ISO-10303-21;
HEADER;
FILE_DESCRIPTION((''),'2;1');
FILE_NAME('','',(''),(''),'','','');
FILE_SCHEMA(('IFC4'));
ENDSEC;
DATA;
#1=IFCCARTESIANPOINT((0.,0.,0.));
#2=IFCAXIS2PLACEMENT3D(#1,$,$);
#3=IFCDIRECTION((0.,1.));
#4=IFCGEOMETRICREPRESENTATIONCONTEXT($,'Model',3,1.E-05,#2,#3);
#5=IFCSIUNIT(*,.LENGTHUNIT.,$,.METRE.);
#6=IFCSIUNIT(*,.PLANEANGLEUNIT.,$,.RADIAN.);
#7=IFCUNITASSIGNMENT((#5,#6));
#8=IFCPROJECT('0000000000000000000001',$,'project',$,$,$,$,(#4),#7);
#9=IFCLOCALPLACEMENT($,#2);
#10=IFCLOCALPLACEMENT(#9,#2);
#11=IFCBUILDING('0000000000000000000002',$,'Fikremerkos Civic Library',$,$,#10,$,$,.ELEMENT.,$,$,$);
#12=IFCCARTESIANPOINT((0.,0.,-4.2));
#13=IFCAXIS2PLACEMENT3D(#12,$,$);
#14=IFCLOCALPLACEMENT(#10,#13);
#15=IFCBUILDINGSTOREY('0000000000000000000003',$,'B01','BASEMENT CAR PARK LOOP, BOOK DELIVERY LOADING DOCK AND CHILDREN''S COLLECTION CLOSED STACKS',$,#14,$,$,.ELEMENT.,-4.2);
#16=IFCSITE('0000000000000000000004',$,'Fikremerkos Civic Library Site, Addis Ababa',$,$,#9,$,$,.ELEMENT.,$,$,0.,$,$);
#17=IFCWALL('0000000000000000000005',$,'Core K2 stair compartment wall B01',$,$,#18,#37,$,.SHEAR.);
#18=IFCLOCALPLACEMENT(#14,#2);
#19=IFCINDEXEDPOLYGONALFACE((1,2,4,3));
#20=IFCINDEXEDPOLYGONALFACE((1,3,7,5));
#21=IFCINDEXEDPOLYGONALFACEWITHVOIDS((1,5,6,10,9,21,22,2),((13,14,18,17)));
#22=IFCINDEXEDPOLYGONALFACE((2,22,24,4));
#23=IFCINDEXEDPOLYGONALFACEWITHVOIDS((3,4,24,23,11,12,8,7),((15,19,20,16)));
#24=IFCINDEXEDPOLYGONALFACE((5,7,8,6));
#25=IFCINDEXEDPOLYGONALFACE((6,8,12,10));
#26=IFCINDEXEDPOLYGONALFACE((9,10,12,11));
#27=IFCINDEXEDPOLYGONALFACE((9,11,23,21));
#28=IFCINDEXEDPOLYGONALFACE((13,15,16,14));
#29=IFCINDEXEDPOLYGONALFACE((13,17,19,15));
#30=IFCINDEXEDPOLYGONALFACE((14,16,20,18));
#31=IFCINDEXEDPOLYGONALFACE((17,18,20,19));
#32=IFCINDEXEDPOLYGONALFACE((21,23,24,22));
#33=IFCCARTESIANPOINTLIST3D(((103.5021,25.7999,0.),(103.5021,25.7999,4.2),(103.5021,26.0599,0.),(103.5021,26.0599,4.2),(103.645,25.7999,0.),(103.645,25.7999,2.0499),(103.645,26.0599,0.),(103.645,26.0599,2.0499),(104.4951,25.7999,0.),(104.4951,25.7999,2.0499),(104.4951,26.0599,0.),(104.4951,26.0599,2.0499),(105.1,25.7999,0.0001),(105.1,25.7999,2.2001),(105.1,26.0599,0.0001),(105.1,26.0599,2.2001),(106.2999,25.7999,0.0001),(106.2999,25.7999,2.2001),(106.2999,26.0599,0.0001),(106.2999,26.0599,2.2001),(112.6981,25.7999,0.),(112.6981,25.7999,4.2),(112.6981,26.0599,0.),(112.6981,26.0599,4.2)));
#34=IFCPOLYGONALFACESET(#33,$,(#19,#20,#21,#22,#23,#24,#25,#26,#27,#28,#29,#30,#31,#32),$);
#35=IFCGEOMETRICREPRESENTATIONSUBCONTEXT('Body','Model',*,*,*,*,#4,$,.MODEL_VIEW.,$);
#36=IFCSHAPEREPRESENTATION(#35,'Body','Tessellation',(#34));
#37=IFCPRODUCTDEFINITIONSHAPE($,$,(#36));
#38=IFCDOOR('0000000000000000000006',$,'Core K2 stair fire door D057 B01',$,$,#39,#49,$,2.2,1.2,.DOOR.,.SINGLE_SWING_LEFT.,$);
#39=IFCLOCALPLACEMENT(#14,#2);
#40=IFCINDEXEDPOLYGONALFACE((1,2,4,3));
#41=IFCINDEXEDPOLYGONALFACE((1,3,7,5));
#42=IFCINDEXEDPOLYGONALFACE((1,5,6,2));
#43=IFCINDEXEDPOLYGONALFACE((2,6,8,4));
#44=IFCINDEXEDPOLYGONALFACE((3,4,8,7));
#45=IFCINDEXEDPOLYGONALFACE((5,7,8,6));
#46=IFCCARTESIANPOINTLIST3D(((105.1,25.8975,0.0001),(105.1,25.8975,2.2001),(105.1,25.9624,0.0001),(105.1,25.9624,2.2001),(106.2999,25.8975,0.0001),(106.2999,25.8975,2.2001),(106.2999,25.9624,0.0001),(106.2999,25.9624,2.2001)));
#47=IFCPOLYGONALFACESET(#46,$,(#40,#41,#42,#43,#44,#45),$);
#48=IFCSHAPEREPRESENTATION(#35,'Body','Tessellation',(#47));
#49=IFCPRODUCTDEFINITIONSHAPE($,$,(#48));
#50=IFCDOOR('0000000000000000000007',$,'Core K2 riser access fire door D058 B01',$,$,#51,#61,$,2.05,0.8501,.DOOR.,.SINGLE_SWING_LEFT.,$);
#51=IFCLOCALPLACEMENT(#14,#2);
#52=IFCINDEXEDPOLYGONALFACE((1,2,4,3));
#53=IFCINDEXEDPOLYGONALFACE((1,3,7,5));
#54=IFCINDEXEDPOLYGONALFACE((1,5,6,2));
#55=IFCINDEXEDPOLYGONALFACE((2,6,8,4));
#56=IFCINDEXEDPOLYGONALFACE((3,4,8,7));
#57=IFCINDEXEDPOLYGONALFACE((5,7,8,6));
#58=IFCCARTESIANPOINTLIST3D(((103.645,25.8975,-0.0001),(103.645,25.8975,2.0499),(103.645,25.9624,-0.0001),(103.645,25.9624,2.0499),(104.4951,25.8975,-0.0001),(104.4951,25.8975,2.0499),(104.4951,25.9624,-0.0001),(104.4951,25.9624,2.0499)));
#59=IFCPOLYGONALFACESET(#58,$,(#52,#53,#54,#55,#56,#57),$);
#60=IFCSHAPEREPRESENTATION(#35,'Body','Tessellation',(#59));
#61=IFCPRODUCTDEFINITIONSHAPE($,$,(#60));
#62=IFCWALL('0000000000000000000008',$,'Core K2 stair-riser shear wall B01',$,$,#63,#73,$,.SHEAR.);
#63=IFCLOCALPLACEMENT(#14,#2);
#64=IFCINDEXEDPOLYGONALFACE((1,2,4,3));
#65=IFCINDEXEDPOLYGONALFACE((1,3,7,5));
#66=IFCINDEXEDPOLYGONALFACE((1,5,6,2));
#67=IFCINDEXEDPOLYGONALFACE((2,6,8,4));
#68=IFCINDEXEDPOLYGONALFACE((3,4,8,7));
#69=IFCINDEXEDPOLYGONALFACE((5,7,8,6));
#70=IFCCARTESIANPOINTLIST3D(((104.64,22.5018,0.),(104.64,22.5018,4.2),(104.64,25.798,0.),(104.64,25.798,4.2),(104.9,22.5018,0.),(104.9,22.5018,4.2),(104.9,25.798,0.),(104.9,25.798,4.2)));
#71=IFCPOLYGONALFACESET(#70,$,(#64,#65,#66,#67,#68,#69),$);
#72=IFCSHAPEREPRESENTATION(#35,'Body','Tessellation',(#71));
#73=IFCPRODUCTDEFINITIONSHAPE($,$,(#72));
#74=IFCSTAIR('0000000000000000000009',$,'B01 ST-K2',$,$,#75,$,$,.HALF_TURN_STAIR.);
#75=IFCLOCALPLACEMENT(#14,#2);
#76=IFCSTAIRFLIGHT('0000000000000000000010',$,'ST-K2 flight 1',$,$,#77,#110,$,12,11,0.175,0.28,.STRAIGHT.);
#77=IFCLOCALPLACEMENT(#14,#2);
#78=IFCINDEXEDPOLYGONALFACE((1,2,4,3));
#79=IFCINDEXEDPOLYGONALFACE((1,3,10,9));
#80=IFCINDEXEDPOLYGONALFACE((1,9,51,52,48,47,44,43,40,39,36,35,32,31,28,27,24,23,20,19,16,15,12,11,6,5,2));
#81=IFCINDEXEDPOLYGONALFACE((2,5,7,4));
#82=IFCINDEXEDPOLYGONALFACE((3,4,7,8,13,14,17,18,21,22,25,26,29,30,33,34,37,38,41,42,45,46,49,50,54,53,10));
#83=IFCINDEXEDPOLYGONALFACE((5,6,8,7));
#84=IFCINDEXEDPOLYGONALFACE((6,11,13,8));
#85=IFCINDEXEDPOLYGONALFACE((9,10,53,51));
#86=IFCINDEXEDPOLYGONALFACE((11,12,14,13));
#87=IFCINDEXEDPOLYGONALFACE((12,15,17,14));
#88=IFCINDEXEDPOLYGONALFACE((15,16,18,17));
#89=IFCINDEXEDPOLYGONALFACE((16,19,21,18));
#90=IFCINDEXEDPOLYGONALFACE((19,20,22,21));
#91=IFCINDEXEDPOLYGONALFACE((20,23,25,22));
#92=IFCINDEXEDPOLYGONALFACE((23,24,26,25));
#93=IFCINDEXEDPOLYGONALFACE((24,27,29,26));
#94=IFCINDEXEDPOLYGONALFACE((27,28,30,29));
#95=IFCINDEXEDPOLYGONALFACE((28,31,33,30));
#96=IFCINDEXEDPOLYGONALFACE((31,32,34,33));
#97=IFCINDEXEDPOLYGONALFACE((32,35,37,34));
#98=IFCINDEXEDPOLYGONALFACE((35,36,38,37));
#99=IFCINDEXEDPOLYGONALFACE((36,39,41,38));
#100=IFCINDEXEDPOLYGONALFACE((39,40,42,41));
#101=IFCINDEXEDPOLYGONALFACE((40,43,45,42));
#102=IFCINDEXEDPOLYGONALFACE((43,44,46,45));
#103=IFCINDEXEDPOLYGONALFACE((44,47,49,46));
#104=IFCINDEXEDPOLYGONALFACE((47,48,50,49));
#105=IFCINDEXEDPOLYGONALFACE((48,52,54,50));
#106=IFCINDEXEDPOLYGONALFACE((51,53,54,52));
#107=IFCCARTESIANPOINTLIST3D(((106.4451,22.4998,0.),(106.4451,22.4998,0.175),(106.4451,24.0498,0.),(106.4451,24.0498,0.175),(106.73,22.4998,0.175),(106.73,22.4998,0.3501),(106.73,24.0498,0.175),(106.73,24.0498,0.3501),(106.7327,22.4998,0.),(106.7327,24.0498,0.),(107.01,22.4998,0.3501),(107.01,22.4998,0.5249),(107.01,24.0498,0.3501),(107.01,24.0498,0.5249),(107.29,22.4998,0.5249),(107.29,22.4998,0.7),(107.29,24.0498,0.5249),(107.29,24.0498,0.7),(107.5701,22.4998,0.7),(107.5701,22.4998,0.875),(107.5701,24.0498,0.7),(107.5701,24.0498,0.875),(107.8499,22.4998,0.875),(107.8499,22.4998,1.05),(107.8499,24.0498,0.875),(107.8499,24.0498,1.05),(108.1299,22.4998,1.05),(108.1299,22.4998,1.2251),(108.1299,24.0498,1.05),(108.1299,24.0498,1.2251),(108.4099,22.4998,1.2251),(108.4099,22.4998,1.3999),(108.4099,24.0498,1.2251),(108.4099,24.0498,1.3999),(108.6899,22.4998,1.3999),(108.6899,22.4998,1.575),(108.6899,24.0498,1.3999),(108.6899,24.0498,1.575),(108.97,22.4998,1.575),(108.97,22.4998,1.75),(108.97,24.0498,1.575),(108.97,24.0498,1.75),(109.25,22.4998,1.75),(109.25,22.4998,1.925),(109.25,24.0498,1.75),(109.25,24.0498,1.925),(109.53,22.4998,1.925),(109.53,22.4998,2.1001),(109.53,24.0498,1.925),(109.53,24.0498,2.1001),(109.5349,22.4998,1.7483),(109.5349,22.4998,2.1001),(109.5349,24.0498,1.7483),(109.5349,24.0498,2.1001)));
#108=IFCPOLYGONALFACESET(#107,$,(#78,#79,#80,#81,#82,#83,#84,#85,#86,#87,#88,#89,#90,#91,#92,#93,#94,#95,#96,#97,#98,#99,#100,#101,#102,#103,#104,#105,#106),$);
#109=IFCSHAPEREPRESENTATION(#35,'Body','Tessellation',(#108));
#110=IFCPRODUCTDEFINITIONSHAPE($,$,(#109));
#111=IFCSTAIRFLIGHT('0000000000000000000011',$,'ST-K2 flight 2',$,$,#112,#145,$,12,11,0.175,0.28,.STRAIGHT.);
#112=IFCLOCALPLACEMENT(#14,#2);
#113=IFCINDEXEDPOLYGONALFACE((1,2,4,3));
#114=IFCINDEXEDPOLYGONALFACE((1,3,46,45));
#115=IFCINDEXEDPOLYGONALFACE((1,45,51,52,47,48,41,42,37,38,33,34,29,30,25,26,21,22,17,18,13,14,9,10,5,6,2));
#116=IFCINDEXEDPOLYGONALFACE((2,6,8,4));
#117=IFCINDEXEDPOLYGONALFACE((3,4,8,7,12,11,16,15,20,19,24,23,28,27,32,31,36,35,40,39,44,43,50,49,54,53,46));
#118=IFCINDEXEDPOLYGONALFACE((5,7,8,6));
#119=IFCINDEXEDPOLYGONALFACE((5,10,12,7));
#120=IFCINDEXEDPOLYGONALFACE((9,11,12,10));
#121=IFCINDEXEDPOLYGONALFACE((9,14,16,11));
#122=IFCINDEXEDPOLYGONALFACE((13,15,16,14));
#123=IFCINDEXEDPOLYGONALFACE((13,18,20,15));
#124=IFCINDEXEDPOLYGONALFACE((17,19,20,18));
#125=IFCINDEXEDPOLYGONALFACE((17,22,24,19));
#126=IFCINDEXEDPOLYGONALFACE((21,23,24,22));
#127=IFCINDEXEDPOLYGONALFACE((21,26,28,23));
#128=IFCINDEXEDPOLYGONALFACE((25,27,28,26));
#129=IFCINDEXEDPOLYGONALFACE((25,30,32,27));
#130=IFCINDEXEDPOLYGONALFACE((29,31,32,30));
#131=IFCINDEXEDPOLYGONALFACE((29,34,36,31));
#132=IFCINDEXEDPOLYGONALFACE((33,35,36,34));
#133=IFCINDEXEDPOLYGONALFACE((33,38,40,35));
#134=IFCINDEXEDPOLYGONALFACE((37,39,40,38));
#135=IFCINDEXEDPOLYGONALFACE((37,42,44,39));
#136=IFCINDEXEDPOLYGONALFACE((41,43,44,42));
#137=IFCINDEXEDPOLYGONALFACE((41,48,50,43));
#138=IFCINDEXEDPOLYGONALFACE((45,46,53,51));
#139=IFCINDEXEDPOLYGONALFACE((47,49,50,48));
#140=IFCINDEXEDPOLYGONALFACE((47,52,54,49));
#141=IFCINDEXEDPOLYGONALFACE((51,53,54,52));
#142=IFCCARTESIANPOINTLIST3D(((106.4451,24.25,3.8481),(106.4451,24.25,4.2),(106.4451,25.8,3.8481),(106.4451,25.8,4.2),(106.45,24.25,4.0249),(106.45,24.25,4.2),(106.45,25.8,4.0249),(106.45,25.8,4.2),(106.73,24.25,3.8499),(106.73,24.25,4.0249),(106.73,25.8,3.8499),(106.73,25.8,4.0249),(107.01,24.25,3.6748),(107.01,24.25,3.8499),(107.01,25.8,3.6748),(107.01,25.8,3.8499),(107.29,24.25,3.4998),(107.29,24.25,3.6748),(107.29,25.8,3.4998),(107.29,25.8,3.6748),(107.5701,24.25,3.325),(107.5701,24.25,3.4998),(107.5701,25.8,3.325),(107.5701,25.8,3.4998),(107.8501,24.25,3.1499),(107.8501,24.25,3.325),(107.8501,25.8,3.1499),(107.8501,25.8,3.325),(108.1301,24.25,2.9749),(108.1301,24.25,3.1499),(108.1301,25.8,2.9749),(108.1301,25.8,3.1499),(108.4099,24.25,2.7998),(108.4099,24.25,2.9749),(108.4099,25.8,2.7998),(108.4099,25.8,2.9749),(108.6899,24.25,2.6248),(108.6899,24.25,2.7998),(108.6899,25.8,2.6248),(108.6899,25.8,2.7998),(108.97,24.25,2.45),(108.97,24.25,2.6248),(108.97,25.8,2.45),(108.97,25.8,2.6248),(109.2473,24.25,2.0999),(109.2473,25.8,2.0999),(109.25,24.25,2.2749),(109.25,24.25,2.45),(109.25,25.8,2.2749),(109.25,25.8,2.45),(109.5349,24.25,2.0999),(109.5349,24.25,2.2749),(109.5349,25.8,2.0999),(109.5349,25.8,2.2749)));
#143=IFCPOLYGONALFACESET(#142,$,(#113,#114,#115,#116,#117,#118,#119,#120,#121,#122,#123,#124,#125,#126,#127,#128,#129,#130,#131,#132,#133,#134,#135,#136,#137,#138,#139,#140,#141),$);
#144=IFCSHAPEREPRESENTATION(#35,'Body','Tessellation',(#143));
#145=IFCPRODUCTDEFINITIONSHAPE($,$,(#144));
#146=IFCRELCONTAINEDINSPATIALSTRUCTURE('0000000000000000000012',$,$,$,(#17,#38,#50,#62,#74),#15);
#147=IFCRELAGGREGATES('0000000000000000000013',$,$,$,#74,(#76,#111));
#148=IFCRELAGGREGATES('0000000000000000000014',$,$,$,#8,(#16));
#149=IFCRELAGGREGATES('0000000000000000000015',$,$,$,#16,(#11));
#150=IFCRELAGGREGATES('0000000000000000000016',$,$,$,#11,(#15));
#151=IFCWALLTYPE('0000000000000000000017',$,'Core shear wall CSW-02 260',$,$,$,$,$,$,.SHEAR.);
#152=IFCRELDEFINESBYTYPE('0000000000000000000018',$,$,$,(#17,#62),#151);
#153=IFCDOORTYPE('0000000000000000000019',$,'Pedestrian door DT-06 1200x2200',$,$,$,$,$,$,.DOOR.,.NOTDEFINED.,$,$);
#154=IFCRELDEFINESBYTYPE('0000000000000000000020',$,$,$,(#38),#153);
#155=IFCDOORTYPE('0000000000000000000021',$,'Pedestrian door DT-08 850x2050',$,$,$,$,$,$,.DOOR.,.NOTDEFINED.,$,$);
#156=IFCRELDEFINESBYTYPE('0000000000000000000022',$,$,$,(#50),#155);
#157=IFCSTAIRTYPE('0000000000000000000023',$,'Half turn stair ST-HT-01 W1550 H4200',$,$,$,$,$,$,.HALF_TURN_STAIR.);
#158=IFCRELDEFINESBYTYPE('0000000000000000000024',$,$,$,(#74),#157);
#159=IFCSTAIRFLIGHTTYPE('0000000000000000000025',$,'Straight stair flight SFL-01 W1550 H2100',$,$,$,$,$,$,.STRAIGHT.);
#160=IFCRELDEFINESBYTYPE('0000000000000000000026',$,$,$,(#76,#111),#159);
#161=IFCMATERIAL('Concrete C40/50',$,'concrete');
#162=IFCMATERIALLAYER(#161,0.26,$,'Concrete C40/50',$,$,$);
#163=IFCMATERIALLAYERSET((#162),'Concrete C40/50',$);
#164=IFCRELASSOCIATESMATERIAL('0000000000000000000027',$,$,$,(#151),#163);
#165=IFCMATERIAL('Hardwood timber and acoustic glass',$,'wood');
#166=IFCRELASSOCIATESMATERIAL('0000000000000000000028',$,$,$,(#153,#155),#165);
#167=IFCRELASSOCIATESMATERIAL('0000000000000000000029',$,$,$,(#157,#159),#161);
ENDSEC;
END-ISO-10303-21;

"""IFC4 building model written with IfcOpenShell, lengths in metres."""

from ifc_helpers import new_model, si_unit, direction, frame, frame_2d, origin, place, context, subcontext, project, spatial, polyline, rectangle, outline, extrude, material, layer, layer_set, type_object, element, fill, aggregate, save


model = new_model("IFC4")

# Units and contexts
model_context = context("Model", 3, precision=1e-05, world=origin(), true_north=direction((0.0, 1.0)))
body_context = subcontext(model_context, "Body", "Model", "MODEL_VIEW")
ifc_project = project(units=[si_unit("LENGTHUNIT", "METRE"), si_unit("PLANEANGLEUNIT", "RADIAN")], contexts=[model_context])

# Site, building, storey
site_placement = place(None, origin())
site = spatial("IfcSite", under=ifc_project, at=site_placement, Name="Fikremerkos Civic Library Site, Addis Ababa", CompositionType="ELEMENT", RefElevation=0.0)
building_placement = place(site_placement, origin())
building = spatial("IfcBuilding", under=site, at=building_placement, Name="Fikremerkos Civic Library", CompositionType="ELEMENT")
storey_placement = place(building_placement, frame((0.0, 0.0, -4.2)))
storey = spatial("IfcBuildingStorey", under=building, at=storey_placement, Name="B01", Description="BASEMENT CAR PARK LOOP, BOOK DELIVERY LOADING DOCK AND CHILDREN'S COLLECTION CLOSED STACKS", CompositionType="ELEMENT", Elevation=-4.2)

# Shared definitions
ifc_material_1 = material(Name="Concrete C40/50", Category="concrete")

# Shared definitions
ifc_material_2 = material(Name="Hardwood timber and acoustic glass", Category="wood")

# Wall, openings, doors
ifc_layer_1 = layer(ifc_material_1, 0.26, Name="Concrete C40/50")
ifc_layer_set_1 = layer_set([ifc_layer_1], Name="Concrete C40/50")
wall_type_1 = type_object("IfcWallType", Name="Core shear wall CSW-02 260", PredefinedType="SHEAR", material=ifc_layer_set_1)
wall_1_placement = place(storey_placement, frame((103.502, 25.9299, 0.0), z_axis=(0.0, 0.0, 1.0), x_axis=(1.0, 0.0, 0.0)))
wall_1 = element("IfcWall", 1, at=wall_1_placement, inside=storey, type_object=wall_type_1, Name="Core K2 stair compartment wall B01", PredefinedType="SHEAR", context=body_context, shape_type="SweptSolid", body=[
    extrude(rectangle(XDim=9.196, YDim=0.26, at=frame_2d((4.5981, 0.0))), origin(), (0.0, 0.0, 1.0), 4.2),
])
opening_1_placement = place(wall_1_placement, frame((1.5979, 0.0, 0.0)))
opening_1 = element("IfcOpeningElement", 2, at=opening_1_placement, cuts=wall_1, PredefinedType="OPENING", context=body_context, shape_type="SweptSolid", body=[
    extrude(rectangle(XDim=1.2, YDim=2.2, at=frame_2d((0.6001, 1.1001))), frame((0.0, 0.1399, 0.0), z_axis=(0.0, -1.0, 0.0), x_axis=(1.0, 0.0, 0.0)), (0.0, 0.0, 1.0), 0.28),
])
opening_2_placement = place(wall_1_placement, frame((0.1431, 0.0, 0.0)))
opening_2 = element("IfcOpeningElement", 3, at=opening_2_placement, cuts=wall_1, PredefinedType="OPENING", context=body_context, shape_type="SweptSolid", body=[
    extrude(rectangle(XDim=0.8501, YDim=2.05, at=frame_2d((0.425, 1.0249))), frame((0.0, 0.1399, 0.0), z_axis=(0.0, -1.0, 0.0), x_axis=(1.0, 0.0, 0.0)), (0.0, 0.0, 1.0), 0.28),
])
door_type_1 = type_object("IfcDoorType", Name="Pedestrian door DT-06 1200x2200", OperationType="NOTDEFINED", PredefinedType="DOOR", material=ifc_material_2)
door_1_placement = place(opening_1_placement, origin())
door_1 = element("IfcDoor", 4, at=door_1_placement, inside=storey, type_object=door_type_1, Name="Core K2 stair fire door D057 B01", OperationType="SINGLE_SWING_LEFT", OverallHeight=2.2, OverallWidth=1.2, PredefinedType="DOOR", context=body_context, shape_type="SweptSolid", body=[
    extrude(rectangle(XDim=1.2, YDim=2.2, at=frame_2d((0.6001, 1.1001))), frame((0.0, 0.0325, 0.0), z_axis=(0.0, -1.0, 0.0), x_axis=(1.0, 0.0, 0.0)), (0.0, 0.0, 1.0), 0.0649),
])
fill(opening_1, door_1)
door_type_2 = type_object("IfcDoorType", Name="Pedestrian door DT-08 850x2050", OperationType="NOTDEFINED", PredefinedType="DOOR", material=ifc_material_2)
door_2_placement = place(opening_2_placement, origin())
door_2 = element("IfcDoor", 5, at=door_2_placement, inside=storey, type_object=door_type_2, Name="Core K2 riser access fire door D058 B01", OperationType="SINGLE_SWING_LEFT", OverallHeight=2.05, OverallWidth=0.8501, PredefinedType="DOOR", context=body_context, shape_type="SweptSolid", body=[
    extrude(rectangle(XDim=0.8501, YDim=2.05, at=frame_2d((0.425, 1.0249))), frame((0.0, 0.0325, 0.0), z_axis=(0.0, -1.0, 0.0), x_axis=(1.0, 0.0, 0.0)), (0.0, 0.0, 1.0), 0.0649),
])
fill(opening_2, door_2)

# Wall
wall_2_placement = place(storey_placement, frame((104.77, 22.502, 0.0), z_axis=(0.0, 0.0, 1.0), x_axis=(0.0, 1.0, 0.0)))
element("IfcWall", 6, at=wall_2_placement, inside=storey, type_object=wall_type_1, Name="Core K2 stair-riser shear wall B01", PredefinedType="SHEAR", context=body_context, shape_type="SweptSolid", body=[
    extrude(rectangle(XDim=3.2961, YDim=0.26, at=frame_2d((1.6479, 0.0))), origin(), (0.0, 0.0, 1.0), 4.2),
])

# Stair, stair flights
stair_type = type_object("IfcStairType", Name="Half turn stair ST-HT-01 W1550 H4200", PredefinedType="HALF_TURN_STAIR", material=ifc_material_1)
stair_placement = place(storey_placement, origin())
stair = element("IfcStair", 7, at=stair_placement, inside=storey, type_object=stair_type, Name="B01 ST-K2", PredefinedType="HALF_TURN_STAIR")
stair_flight_type = type_object("IfcStairFlightType", Name="Straight stair flight SFL-01 W1550 H2100", PredefinedType="STRAIGHT", material=ifc_material_1)
stair_flight_1_placement = place(storey_placement, frame((106.45, 23.2749, 0.0), z_axis=(0.0, 0.0, 1.0), x_axis=(1.0, 0.0, 0.0)))
stair_flight_1 = element("IfcStairFlight", 8, at=stair_flight_1_placement, type_object=stair_flight_type, Name="ST-K2 flight 1", NumberOfRisers=12, NumberOfTreads=11, PredefinedType="STRAIGHT", RiserHeight=0.175, TreadLength=0.28, context=body_context, shape_type="SweptSolid", body=[
    extrude(outline(polyline([(-0.0049, 0.0), (-0.0049, 0.175), (0.28, 0.175), (0.28, 0.3501), (0.5601, 0.3501), (0.5601, 0.5249), (0.8401, 0.5249), (0.8401, 0.7), (1.1201, 0.7), (1.1201, 0.875), (1.3999, 0.875), (1.3999, 1.05), (1.6799, 1.05), (1.6799, 1.2251), (1.96, 1.2251), (1.96, 1.3999), (2.24, 1.3999), (2.24, 1.575), (2.52, 1.575), (2.52, 1.75), (2.8, 1.75), (2.8, 1.925), (3.0801, 1.925), (3.0801, 2.1001), (3.085, 2.1001), (3.085, 1.7483), (0.2827, 0.0), (-0.0049, 0.0)])), frame((0.0, 0.7749, 0.0), z_axis=(0.0, -1.0, 0.0), x_axis=(1.0, 0.0, 0.0)), (0.0, 0.0, 1.0), 1.55),
])
stair_flight_2_placement = place(storey_placement, frame((109.53, 25.0249, 2.0999), z_axis=(0.0, 0.0, 1.0), x_axis=(-1.0, 0.0, 0.0)))
stair_flight_2 = element("IfcStairFlight", 9, at=stair_flight_2_placement, type_object=stair_flight_type, Name="ST-K2 flight 2", NumberOfRisers=12, NumberOfTreads=11, PredefinedType="STRAIGHT", RiserHeight=0.175, TreadLength=0.28, context=body_context, shape_type="SweptSolid", body=[
    extrude(outline(polyline([(-0.0049, 0.0), (-0.0049, 0.175), (0.28, 0.175), (0.28, 0.3501), (0.5601, 0.3501), (0.5601, 0.5249), (0.8401, 0.5249), (0.8401, 0.7), (1.1201, 0.7), (1.1201, 0.875), (1.3999, 0.875), (1.3999, 1.05), (1.6799, 1.05), (1.6799, 1.2251), (1.96, 1.2251), (1.96, 1.3999), (2.24, 1.3999), (2.24, 1.575), (2.52, 1.575), (2.52, 1.75), (2.8, 1.75), (2.8, 1.925), (3.0801, 1.925), (3.0801, 2.1001), (3.085, 2.1001), (3.085, 1.7483), (0.2827, 0.0), (-0.0049, 0.0)])), frame((0.0, 0.7749, 0.0), z_axis=(0.0, -1.0, 0.0), x_axis=(1.0, 0.0, 0.0)), (0.0, 0.0, 1.0), 1.55),
])
aggregate(stair, [stair_flight_1, stair_flight_2])

save(model, "model.ifc")
